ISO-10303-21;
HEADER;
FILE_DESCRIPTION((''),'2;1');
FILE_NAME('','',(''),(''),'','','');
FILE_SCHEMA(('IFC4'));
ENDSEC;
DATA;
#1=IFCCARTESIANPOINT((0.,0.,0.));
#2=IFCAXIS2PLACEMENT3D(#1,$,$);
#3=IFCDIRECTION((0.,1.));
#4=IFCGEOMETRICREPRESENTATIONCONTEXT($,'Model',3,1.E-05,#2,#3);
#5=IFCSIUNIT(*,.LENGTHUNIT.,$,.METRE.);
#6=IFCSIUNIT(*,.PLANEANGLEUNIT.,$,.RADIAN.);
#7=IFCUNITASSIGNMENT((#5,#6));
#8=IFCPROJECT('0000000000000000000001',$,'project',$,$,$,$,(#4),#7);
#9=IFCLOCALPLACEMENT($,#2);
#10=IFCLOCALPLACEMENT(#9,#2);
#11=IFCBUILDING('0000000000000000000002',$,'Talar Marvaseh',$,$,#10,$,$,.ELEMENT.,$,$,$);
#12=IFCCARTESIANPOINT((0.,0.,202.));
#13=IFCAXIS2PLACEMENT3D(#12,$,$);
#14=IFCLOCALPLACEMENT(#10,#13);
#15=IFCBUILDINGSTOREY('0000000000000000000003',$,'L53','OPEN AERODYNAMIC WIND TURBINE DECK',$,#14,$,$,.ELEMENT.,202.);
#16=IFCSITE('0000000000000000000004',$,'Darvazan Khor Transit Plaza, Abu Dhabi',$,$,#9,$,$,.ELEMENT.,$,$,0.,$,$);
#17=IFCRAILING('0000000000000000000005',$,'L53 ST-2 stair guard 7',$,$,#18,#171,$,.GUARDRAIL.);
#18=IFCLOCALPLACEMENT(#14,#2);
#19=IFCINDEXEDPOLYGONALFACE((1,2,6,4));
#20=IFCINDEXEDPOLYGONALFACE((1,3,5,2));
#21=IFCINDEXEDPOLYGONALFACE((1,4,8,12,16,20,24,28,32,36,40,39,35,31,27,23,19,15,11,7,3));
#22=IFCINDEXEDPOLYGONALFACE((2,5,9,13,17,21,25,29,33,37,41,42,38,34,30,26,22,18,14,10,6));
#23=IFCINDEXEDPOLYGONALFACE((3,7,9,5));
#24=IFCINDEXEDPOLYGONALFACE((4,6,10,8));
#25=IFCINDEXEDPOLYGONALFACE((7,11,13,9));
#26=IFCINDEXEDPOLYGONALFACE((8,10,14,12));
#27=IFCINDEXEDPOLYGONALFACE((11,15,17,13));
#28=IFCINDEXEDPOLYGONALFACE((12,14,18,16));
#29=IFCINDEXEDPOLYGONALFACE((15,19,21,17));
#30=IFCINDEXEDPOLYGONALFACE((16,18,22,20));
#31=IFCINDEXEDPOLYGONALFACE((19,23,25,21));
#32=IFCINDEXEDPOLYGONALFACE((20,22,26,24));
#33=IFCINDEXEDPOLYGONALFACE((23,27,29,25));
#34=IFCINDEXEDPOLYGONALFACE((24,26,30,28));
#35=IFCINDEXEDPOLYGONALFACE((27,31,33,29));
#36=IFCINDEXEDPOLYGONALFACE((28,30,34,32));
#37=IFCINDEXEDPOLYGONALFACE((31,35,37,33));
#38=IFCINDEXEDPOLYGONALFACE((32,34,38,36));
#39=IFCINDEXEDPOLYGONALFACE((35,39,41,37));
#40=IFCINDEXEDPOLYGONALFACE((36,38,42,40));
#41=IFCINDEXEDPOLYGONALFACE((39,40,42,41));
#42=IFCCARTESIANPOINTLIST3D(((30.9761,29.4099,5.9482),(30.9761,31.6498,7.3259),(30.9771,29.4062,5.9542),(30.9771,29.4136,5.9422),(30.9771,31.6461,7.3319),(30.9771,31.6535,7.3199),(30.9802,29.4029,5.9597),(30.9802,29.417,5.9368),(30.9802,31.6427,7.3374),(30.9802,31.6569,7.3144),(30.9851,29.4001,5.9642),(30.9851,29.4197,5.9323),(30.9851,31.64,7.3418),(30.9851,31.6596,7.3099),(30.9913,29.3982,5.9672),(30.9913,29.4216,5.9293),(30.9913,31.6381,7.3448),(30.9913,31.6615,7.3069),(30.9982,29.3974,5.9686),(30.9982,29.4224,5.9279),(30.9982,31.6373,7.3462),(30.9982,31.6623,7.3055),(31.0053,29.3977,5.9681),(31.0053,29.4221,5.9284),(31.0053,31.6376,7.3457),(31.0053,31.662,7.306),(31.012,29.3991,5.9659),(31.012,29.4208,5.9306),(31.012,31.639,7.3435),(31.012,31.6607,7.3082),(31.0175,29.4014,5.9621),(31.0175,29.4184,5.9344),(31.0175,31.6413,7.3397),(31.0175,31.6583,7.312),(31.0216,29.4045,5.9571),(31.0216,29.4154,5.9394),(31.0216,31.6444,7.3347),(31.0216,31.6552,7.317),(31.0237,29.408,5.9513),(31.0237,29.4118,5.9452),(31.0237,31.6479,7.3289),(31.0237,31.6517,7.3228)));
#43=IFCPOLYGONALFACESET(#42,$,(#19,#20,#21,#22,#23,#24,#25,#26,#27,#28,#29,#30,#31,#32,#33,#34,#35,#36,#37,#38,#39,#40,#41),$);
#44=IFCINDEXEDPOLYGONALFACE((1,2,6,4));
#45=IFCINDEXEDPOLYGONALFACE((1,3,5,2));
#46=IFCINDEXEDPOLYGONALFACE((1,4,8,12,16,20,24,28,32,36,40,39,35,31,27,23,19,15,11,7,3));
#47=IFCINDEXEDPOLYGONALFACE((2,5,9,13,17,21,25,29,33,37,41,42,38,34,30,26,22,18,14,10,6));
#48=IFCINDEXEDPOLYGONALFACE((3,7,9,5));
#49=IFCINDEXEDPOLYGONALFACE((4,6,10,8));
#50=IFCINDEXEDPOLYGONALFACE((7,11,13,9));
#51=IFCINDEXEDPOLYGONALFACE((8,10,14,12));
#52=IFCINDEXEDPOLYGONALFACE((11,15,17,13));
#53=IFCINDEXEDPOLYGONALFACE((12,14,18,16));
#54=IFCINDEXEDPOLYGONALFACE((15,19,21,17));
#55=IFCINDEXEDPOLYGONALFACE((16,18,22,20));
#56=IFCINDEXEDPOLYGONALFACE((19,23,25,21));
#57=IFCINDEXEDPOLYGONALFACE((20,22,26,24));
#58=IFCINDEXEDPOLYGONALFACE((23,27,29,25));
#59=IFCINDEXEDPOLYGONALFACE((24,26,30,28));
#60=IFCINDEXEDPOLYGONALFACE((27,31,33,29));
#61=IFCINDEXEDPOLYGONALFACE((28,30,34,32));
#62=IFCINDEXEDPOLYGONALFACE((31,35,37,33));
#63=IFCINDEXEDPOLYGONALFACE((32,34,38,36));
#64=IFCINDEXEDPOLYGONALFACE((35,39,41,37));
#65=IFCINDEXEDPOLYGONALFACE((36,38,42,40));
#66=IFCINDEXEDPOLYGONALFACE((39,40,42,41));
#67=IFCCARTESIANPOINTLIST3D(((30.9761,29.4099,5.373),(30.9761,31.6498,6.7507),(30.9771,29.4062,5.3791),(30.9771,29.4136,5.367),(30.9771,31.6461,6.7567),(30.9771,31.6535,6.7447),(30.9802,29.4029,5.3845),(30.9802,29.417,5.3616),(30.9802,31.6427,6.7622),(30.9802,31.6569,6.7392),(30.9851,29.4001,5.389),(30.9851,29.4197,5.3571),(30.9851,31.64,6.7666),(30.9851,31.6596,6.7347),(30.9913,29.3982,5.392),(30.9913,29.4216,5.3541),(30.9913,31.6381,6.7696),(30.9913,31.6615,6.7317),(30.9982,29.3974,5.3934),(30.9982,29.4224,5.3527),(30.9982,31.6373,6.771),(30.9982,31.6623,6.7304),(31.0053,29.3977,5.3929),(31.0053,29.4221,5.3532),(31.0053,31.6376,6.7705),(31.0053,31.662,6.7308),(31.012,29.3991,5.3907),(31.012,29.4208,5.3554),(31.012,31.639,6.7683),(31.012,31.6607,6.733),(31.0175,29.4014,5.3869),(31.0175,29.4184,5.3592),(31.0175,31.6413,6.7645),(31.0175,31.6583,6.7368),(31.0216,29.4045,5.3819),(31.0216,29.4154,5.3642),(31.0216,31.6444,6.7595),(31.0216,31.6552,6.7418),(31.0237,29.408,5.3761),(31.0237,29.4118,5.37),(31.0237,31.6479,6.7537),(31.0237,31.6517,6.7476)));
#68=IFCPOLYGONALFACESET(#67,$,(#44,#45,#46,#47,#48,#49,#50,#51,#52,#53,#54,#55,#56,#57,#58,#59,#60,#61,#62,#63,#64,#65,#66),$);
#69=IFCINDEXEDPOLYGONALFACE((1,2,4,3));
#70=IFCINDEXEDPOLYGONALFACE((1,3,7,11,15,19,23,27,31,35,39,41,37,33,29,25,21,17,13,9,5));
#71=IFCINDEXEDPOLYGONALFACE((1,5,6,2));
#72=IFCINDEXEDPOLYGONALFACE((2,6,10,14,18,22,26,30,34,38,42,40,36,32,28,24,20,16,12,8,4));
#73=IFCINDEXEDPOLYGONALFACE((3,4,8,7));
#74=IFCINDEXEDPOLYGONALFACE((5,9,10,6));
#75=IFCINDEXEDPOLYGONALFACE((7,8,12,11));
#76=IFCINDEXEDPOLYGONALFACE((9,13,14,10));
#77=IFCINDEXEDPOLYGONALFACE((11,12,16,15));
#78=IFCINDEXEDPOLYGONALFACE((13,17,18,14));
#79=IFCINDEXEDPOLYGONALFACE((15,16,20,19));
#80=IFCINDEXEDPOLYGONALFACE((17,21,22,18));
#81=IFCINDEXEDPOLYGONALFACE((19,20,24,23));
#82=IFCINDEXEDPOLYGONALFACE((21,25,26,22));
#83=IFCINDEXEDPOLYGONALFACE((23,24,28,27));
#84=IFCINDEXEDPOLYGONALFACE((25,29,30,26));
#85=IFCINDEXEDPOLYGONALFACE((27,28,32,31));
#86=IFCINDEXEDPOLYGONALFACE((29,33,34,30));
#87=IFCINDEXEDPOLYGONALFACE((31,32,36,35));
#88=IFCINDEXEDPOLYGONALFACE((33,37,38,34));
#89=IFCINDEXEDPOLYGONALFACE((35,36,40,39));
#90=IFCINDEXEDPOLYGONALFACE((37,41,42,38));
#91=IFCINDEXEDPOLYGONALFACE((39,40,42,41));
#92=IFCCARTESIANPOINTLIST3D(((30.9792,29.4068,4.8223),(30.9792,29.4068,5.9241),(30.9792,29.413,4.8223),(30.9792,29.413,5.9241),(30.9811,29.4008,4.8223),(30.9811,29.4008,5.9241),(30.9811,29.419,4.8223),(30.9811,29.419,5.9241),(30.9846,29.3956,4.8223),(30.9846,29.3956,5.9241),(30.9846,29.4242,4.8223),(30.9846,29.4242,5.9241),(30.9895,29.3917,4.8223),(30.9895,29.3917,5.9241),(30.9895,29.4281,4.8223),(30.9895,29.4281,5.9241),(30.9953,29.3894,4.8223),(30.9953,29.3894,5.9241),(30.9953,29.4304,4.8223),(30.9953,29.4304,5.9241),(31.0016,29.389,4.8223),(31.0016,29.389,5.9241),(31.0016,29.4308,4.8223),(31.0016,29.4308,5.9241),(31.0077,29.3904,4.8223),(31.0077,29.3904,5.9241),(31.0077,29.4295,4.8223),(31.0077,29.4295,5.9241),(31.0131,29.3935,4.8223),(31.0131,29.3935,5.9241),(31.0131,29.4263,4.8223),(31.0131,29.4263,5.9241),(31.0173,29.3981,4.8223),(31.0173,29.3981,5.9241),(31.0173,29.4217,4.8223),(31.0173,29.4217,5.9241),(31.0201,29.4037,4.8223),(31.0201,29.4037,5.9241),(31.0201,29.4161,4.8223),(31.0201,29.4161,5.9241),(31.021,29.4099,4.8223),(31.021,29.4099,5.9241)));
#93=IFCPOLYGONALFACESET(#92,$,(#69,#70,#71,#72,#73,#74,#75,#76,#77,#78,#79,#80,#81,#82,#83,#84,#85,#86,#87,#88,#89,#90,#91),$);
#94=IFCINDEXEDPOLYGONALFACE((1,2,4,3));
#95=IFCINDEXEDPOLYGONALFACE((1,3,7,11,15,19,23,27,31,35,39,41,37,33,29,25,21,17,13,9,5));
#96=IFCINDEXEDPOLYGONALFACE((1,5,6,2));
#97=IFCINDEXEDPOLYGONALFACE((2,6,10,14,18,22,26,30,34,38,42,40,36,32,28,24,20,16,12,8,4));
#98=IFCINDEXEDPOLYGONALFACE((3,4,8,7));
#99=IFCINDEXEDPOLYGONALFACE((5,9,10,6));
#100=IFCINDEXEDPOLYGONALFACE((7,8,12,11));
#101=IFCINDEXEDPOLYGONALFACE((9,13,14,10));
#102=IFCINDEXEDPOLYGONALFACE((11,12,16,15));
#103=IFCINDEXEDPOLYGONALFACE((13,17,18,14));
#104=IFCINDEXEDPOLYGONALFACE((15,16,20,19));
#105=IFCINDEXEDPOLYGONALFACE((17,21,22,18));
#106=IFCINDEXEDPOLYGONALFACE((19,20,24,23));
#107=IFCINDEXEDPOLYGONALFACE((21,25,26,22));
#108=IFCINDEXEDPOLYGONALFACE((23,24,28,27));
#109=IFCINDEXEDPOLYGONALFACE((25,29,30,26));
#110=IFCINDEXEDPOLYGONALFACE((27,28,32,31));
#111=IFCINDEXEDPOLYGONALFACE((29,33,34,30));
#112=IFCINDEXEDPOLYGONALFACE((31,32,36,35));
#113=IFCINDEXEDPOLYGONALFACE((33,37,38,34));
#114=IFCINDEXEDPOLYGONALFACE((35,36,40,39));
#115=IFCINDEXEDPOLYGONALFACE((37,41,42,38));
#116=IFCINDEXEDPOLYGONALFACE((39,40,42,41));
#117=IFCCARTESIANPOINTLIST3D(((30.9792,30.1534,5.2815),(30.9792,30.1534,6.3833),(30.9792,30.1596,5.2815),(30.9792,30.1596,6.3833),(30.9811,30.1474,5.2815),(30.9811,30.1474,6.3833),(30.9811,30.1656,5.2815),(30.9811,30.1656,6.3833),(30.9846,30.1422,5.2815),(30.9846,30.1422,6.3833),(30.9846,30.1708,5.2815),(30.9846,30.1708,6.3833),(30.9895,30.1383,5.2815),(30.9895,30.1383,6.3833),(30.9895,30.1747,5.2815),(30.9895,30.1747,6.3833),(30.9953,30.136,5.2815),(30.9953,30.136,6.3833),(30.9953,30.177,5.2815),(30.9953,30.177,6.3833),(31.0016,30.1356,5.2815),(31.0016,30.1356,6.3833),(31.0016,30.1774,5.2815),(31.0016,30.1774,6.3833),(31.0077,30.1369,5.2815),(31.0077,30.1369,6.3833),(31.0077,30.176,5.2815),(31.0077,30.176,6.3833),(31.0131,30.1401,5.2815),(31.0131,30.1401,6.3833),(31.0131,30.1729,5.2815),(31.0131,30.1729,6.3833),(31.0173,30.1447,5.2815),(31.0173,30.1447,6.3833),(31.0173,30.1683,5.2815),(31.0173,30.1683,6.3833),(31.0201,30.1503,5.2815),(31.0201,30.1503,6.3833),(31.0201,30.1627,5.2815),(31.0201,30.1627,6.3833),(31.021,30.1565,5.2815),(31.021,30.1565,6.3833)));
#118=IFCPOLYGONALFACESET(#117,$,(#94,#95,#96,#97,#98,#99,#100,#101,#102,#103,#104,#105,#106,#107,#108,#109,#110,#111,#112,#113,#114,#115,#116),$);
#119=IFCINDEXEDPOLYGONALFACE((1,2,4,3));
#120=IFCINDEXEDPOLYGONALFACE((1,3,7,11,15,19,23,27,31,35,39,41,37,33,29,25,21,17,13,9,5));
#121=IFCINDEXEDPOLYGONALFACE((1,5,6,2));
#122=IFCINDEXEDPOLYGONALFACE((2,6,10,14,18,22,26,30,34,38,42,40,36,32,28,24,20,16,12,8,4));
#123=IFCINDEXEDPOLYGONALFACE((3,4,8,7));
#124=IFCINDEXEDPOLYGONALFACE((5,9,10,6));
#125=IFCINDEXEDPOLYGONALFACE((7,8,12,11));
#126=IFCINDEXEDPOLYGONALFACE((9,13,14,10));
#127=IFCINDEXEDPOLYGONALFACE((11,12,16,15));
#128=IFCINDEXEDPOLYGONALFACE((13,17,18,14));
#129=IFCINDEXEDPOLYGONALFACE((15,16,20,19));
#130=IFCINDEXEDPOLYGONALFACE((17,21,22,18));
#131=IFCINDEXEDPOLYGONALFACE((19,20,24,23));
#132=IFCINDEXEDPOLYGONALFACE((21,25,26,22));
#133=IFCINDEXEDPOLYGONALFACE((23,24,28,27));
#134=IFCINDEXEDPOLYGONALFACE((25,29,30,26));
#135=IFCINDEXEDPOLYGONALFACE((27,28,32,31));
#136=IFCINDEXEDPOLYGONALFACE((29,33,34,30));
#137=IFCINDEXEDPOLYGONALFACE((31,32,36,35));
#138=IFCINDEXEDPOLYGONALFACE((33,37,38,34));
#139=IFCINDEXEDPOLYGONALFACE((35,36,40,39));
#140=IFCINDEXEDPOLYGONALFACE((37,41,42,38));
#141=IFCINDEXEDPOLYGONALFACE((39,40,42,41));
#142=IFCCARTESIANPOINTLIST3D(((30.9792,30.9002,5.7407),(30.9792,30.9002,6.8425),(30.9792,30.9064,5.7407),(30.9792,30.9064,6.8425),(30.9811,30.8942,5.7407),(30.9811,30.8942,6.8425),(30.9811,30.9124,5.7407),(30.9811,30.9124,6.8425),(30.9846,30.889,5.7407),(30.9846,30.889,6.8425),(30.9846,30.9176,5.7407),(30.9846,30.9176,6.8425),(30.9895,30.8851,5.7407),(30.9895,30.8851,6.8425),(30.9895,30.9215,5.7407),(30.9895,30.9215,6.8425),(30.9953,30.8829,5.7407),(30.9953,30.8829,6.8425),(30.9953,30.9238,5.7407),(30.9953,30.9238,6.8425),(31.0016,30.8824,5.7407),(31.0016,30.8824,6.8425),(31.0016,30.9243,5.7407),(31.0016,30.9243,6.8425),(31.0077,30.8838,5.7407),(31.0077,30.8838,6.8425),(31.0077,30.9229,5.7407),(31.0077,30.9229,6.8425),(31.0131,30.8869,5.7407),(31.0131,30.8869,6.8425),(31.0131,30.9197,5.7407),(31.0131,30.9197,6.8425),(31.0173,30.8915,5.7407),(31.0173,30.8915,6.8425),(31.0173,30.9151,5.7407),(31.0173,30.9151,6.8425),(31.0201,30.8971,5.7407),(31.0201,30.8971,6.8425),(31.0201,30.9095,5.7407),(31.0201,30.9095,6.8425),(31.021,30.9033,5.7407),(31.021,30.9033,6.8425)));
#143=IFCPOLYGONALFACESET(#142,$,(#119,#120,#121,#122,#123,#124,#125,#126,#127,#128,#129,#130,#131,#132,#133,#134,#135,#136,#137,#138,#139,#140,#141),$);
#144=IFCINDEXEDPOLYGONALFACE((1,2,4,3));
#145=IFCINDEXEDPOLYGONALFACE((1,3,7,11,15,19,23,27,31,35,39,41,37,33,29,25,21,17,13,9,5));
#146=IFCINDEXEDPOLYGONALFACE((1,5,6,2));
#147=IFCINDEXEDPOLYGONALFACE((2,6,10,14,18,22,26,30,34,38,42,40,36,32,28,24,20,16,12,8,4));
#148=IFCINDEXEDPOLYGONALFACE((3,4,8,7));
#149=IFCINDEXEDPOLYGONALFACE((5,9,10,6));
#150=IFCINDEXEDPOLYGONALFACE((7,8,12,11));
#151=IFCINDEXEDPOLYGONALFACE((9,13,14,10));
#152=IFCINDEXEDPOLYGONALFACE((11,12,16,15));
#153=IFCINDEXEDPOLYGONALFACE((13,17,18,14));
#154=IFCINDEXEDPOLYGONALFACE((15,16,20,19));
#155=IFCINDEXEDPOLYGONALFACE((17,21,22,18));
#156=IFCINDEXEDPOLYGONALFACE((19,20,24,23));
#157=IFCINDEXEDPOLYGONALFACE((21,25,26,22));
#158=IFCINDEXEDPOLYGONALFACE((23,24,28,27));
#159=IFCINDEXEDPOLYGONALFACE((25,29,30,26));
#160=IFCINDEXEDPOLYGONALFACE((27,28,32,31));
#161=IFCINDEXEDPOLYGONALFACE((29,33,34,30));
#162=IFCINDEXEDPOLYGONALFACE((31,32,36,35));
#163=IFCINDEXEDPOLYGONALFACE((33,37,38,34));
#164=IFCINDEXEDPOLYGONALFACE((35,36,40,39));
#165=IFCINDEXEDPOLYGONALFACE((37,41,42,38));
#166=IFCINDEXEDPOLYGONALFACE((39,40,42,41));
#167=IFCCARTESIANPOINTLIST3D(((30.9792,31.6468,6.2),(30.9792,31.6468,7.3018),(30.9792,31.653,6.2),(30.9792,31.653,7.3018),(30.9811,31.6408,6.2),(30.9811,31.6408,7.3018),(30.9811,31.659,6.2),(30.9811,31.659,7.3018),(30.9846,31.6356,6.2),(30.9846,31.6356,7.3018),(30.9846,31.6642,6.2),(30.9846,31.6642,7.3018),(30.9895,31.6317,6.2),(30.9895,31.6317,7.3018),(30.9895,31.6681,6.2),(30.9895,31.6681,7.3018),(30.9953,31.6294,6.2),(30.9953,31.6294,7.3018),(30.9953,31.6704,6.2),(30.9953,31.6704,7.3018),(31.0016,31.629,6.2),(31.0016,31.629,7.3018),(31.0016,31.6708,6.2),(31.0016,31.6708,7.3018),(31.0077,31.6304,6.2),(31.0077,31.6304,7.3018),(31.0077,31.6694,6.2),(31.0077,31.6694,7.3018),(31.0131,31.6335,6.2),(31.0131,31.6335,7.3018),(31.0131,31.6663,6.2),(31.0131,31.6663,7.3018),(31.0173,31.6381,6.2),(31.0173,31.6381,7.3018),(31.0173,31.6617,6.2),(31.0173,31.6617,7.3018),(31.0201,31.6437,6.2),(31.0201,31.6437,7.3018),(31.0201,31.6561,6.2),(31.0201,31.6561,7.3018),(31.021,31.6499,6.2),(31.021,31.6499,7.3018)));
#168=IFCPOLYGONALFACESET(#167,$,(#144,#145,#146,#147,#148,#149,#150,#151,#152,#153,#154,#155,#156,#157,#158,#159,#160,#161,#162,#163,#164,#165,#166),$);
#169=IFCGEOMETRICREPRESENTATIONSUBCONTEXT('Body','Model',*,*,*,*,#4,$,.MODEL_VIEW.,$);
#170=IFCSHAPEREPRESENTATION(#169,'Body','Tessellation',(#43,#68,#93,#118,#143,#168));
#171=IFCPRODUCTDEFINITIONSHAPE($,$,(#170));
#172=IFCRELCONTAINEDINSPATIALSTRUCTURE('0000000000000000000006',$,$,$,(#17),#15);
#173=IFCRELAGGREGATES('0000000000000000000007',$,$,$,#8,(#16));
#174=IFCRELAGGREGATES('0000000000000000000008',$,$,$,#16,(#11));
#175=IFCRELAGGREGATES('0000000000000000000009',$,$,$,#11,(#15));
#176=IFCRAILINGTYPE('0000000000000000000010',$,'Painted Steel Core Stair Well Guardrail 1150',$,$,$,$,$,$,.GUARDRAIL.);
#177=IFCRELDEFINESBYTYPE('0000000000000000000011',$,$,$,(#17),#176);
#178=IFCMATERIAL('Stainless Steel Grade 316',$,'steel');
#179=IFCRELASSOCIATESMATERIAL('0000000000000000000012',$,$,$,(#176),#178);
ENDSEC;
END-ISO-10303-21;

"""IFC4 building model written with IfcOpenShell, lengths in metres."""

from ifc_helpers import new_model, si_unit, direction, frame, origin, origin_2d, place, context, subcontext, project, spatial, circle, extrude, material, type_object, element, save


model = new_model("IFC4")

# Units and contexts
model_context = context("Model", 3, precision=1e-05, world=origin(), true_north=direction((0.0, 1.0)))
body_context = subcontext(model_context, "Body", "Model", "MODEL_VIEW")
ifc_project = project(units=[si_unit("LENGTHUNIT", "METRE"), si_unit("PLANEANGLEUNIT", "RADIAN")], contexts=[model_context])

# Site, building, storey
site_placement = place(None, origin())
site = spatial("IfcSite", under=ifc_project, at=site_placement, Name="Darvazan Khor Transit Plaza, Abu Dhabi", CompositionType="ELEMENT", RefElevation=0.0)
building_placement = place(site_placement, origin())
building = spatial("IfcBuilding", under=site, at=building_placement, Name="Talar Marvaseh", CompositionType="ELEMENT")
storey_placement = place(building_placement, frame((0.0, 0.0, 202.0)))
storey = spatial("IfcBuildingStorey", under=building, at=storey_placement, Name="L53", Description="OPEN AERODYNAMIC WIND TURBINE DECK", CompositionType="ELEMENT", Elevation=202.0)

# Railing
ifc_material_1 = material(Name="Stainless Steel Grade 316", Category="steel")
railing_type_1 = type_object("IfcRailingType", Name="Painted Steel Core Stair Well Guardrail 1150", PredefinedType="GUARDRAIL", material=ifc_material_1)
railing_1_placement = place(storey_placement, frame((31.0, 29.4099, 4.8223)))
element("IfcRailing", 1, at=railing_1_placement, inside=storey, type_object=railing_type_1, Name="L53 ST-2 stair guard 7", PredefinedType="GUARDRAIL", context=body_context, shape_type="SweptSolid", body=[
    extrude(circle(Radius=0.0239, at=origin_2d()), frame((0.0, 0.0, 1.126), z_axis=(0.0, 0.851789, 0.523885), x_axis=(-1.0, 0.0, 0.0)), (0.0, 0.0, 1.0), 2.6296),
    extrude(circle(Radius=0.0239, at=origin_2d()), frame((0.0, 0.0, 0.5508), z_axis=(0.0, 0.851789, 0.523885), x_axis=(-1.0, 0.0, 0.0)), (0.0, 0.0, 1.0), 2.6296),
    extrude(circle(Radius=0.021, at=origin_2d()), origin(), (0.0, 0.0, 1.0), 1.1018),
    extrude(circle(Radius=0.021, at=origin_2d()), frame((0.0, 0.7466, 0.4592)), (0.0, 0.0, 1.0), 1.1018),
    extrude(circle(Radius=0.021, at=origin_2d()), frame((0.0, 1.4934, 0.9185)), (0.0, 0.0, 1.0), 1.1018),
    extrude(circle(Radius=0.021, at=origin_2d()), frame((0.0, 2.24, 1.3777)), (0.0, 0.0, 1.0), 1.1018),
])

save(model, "model.ifc")
